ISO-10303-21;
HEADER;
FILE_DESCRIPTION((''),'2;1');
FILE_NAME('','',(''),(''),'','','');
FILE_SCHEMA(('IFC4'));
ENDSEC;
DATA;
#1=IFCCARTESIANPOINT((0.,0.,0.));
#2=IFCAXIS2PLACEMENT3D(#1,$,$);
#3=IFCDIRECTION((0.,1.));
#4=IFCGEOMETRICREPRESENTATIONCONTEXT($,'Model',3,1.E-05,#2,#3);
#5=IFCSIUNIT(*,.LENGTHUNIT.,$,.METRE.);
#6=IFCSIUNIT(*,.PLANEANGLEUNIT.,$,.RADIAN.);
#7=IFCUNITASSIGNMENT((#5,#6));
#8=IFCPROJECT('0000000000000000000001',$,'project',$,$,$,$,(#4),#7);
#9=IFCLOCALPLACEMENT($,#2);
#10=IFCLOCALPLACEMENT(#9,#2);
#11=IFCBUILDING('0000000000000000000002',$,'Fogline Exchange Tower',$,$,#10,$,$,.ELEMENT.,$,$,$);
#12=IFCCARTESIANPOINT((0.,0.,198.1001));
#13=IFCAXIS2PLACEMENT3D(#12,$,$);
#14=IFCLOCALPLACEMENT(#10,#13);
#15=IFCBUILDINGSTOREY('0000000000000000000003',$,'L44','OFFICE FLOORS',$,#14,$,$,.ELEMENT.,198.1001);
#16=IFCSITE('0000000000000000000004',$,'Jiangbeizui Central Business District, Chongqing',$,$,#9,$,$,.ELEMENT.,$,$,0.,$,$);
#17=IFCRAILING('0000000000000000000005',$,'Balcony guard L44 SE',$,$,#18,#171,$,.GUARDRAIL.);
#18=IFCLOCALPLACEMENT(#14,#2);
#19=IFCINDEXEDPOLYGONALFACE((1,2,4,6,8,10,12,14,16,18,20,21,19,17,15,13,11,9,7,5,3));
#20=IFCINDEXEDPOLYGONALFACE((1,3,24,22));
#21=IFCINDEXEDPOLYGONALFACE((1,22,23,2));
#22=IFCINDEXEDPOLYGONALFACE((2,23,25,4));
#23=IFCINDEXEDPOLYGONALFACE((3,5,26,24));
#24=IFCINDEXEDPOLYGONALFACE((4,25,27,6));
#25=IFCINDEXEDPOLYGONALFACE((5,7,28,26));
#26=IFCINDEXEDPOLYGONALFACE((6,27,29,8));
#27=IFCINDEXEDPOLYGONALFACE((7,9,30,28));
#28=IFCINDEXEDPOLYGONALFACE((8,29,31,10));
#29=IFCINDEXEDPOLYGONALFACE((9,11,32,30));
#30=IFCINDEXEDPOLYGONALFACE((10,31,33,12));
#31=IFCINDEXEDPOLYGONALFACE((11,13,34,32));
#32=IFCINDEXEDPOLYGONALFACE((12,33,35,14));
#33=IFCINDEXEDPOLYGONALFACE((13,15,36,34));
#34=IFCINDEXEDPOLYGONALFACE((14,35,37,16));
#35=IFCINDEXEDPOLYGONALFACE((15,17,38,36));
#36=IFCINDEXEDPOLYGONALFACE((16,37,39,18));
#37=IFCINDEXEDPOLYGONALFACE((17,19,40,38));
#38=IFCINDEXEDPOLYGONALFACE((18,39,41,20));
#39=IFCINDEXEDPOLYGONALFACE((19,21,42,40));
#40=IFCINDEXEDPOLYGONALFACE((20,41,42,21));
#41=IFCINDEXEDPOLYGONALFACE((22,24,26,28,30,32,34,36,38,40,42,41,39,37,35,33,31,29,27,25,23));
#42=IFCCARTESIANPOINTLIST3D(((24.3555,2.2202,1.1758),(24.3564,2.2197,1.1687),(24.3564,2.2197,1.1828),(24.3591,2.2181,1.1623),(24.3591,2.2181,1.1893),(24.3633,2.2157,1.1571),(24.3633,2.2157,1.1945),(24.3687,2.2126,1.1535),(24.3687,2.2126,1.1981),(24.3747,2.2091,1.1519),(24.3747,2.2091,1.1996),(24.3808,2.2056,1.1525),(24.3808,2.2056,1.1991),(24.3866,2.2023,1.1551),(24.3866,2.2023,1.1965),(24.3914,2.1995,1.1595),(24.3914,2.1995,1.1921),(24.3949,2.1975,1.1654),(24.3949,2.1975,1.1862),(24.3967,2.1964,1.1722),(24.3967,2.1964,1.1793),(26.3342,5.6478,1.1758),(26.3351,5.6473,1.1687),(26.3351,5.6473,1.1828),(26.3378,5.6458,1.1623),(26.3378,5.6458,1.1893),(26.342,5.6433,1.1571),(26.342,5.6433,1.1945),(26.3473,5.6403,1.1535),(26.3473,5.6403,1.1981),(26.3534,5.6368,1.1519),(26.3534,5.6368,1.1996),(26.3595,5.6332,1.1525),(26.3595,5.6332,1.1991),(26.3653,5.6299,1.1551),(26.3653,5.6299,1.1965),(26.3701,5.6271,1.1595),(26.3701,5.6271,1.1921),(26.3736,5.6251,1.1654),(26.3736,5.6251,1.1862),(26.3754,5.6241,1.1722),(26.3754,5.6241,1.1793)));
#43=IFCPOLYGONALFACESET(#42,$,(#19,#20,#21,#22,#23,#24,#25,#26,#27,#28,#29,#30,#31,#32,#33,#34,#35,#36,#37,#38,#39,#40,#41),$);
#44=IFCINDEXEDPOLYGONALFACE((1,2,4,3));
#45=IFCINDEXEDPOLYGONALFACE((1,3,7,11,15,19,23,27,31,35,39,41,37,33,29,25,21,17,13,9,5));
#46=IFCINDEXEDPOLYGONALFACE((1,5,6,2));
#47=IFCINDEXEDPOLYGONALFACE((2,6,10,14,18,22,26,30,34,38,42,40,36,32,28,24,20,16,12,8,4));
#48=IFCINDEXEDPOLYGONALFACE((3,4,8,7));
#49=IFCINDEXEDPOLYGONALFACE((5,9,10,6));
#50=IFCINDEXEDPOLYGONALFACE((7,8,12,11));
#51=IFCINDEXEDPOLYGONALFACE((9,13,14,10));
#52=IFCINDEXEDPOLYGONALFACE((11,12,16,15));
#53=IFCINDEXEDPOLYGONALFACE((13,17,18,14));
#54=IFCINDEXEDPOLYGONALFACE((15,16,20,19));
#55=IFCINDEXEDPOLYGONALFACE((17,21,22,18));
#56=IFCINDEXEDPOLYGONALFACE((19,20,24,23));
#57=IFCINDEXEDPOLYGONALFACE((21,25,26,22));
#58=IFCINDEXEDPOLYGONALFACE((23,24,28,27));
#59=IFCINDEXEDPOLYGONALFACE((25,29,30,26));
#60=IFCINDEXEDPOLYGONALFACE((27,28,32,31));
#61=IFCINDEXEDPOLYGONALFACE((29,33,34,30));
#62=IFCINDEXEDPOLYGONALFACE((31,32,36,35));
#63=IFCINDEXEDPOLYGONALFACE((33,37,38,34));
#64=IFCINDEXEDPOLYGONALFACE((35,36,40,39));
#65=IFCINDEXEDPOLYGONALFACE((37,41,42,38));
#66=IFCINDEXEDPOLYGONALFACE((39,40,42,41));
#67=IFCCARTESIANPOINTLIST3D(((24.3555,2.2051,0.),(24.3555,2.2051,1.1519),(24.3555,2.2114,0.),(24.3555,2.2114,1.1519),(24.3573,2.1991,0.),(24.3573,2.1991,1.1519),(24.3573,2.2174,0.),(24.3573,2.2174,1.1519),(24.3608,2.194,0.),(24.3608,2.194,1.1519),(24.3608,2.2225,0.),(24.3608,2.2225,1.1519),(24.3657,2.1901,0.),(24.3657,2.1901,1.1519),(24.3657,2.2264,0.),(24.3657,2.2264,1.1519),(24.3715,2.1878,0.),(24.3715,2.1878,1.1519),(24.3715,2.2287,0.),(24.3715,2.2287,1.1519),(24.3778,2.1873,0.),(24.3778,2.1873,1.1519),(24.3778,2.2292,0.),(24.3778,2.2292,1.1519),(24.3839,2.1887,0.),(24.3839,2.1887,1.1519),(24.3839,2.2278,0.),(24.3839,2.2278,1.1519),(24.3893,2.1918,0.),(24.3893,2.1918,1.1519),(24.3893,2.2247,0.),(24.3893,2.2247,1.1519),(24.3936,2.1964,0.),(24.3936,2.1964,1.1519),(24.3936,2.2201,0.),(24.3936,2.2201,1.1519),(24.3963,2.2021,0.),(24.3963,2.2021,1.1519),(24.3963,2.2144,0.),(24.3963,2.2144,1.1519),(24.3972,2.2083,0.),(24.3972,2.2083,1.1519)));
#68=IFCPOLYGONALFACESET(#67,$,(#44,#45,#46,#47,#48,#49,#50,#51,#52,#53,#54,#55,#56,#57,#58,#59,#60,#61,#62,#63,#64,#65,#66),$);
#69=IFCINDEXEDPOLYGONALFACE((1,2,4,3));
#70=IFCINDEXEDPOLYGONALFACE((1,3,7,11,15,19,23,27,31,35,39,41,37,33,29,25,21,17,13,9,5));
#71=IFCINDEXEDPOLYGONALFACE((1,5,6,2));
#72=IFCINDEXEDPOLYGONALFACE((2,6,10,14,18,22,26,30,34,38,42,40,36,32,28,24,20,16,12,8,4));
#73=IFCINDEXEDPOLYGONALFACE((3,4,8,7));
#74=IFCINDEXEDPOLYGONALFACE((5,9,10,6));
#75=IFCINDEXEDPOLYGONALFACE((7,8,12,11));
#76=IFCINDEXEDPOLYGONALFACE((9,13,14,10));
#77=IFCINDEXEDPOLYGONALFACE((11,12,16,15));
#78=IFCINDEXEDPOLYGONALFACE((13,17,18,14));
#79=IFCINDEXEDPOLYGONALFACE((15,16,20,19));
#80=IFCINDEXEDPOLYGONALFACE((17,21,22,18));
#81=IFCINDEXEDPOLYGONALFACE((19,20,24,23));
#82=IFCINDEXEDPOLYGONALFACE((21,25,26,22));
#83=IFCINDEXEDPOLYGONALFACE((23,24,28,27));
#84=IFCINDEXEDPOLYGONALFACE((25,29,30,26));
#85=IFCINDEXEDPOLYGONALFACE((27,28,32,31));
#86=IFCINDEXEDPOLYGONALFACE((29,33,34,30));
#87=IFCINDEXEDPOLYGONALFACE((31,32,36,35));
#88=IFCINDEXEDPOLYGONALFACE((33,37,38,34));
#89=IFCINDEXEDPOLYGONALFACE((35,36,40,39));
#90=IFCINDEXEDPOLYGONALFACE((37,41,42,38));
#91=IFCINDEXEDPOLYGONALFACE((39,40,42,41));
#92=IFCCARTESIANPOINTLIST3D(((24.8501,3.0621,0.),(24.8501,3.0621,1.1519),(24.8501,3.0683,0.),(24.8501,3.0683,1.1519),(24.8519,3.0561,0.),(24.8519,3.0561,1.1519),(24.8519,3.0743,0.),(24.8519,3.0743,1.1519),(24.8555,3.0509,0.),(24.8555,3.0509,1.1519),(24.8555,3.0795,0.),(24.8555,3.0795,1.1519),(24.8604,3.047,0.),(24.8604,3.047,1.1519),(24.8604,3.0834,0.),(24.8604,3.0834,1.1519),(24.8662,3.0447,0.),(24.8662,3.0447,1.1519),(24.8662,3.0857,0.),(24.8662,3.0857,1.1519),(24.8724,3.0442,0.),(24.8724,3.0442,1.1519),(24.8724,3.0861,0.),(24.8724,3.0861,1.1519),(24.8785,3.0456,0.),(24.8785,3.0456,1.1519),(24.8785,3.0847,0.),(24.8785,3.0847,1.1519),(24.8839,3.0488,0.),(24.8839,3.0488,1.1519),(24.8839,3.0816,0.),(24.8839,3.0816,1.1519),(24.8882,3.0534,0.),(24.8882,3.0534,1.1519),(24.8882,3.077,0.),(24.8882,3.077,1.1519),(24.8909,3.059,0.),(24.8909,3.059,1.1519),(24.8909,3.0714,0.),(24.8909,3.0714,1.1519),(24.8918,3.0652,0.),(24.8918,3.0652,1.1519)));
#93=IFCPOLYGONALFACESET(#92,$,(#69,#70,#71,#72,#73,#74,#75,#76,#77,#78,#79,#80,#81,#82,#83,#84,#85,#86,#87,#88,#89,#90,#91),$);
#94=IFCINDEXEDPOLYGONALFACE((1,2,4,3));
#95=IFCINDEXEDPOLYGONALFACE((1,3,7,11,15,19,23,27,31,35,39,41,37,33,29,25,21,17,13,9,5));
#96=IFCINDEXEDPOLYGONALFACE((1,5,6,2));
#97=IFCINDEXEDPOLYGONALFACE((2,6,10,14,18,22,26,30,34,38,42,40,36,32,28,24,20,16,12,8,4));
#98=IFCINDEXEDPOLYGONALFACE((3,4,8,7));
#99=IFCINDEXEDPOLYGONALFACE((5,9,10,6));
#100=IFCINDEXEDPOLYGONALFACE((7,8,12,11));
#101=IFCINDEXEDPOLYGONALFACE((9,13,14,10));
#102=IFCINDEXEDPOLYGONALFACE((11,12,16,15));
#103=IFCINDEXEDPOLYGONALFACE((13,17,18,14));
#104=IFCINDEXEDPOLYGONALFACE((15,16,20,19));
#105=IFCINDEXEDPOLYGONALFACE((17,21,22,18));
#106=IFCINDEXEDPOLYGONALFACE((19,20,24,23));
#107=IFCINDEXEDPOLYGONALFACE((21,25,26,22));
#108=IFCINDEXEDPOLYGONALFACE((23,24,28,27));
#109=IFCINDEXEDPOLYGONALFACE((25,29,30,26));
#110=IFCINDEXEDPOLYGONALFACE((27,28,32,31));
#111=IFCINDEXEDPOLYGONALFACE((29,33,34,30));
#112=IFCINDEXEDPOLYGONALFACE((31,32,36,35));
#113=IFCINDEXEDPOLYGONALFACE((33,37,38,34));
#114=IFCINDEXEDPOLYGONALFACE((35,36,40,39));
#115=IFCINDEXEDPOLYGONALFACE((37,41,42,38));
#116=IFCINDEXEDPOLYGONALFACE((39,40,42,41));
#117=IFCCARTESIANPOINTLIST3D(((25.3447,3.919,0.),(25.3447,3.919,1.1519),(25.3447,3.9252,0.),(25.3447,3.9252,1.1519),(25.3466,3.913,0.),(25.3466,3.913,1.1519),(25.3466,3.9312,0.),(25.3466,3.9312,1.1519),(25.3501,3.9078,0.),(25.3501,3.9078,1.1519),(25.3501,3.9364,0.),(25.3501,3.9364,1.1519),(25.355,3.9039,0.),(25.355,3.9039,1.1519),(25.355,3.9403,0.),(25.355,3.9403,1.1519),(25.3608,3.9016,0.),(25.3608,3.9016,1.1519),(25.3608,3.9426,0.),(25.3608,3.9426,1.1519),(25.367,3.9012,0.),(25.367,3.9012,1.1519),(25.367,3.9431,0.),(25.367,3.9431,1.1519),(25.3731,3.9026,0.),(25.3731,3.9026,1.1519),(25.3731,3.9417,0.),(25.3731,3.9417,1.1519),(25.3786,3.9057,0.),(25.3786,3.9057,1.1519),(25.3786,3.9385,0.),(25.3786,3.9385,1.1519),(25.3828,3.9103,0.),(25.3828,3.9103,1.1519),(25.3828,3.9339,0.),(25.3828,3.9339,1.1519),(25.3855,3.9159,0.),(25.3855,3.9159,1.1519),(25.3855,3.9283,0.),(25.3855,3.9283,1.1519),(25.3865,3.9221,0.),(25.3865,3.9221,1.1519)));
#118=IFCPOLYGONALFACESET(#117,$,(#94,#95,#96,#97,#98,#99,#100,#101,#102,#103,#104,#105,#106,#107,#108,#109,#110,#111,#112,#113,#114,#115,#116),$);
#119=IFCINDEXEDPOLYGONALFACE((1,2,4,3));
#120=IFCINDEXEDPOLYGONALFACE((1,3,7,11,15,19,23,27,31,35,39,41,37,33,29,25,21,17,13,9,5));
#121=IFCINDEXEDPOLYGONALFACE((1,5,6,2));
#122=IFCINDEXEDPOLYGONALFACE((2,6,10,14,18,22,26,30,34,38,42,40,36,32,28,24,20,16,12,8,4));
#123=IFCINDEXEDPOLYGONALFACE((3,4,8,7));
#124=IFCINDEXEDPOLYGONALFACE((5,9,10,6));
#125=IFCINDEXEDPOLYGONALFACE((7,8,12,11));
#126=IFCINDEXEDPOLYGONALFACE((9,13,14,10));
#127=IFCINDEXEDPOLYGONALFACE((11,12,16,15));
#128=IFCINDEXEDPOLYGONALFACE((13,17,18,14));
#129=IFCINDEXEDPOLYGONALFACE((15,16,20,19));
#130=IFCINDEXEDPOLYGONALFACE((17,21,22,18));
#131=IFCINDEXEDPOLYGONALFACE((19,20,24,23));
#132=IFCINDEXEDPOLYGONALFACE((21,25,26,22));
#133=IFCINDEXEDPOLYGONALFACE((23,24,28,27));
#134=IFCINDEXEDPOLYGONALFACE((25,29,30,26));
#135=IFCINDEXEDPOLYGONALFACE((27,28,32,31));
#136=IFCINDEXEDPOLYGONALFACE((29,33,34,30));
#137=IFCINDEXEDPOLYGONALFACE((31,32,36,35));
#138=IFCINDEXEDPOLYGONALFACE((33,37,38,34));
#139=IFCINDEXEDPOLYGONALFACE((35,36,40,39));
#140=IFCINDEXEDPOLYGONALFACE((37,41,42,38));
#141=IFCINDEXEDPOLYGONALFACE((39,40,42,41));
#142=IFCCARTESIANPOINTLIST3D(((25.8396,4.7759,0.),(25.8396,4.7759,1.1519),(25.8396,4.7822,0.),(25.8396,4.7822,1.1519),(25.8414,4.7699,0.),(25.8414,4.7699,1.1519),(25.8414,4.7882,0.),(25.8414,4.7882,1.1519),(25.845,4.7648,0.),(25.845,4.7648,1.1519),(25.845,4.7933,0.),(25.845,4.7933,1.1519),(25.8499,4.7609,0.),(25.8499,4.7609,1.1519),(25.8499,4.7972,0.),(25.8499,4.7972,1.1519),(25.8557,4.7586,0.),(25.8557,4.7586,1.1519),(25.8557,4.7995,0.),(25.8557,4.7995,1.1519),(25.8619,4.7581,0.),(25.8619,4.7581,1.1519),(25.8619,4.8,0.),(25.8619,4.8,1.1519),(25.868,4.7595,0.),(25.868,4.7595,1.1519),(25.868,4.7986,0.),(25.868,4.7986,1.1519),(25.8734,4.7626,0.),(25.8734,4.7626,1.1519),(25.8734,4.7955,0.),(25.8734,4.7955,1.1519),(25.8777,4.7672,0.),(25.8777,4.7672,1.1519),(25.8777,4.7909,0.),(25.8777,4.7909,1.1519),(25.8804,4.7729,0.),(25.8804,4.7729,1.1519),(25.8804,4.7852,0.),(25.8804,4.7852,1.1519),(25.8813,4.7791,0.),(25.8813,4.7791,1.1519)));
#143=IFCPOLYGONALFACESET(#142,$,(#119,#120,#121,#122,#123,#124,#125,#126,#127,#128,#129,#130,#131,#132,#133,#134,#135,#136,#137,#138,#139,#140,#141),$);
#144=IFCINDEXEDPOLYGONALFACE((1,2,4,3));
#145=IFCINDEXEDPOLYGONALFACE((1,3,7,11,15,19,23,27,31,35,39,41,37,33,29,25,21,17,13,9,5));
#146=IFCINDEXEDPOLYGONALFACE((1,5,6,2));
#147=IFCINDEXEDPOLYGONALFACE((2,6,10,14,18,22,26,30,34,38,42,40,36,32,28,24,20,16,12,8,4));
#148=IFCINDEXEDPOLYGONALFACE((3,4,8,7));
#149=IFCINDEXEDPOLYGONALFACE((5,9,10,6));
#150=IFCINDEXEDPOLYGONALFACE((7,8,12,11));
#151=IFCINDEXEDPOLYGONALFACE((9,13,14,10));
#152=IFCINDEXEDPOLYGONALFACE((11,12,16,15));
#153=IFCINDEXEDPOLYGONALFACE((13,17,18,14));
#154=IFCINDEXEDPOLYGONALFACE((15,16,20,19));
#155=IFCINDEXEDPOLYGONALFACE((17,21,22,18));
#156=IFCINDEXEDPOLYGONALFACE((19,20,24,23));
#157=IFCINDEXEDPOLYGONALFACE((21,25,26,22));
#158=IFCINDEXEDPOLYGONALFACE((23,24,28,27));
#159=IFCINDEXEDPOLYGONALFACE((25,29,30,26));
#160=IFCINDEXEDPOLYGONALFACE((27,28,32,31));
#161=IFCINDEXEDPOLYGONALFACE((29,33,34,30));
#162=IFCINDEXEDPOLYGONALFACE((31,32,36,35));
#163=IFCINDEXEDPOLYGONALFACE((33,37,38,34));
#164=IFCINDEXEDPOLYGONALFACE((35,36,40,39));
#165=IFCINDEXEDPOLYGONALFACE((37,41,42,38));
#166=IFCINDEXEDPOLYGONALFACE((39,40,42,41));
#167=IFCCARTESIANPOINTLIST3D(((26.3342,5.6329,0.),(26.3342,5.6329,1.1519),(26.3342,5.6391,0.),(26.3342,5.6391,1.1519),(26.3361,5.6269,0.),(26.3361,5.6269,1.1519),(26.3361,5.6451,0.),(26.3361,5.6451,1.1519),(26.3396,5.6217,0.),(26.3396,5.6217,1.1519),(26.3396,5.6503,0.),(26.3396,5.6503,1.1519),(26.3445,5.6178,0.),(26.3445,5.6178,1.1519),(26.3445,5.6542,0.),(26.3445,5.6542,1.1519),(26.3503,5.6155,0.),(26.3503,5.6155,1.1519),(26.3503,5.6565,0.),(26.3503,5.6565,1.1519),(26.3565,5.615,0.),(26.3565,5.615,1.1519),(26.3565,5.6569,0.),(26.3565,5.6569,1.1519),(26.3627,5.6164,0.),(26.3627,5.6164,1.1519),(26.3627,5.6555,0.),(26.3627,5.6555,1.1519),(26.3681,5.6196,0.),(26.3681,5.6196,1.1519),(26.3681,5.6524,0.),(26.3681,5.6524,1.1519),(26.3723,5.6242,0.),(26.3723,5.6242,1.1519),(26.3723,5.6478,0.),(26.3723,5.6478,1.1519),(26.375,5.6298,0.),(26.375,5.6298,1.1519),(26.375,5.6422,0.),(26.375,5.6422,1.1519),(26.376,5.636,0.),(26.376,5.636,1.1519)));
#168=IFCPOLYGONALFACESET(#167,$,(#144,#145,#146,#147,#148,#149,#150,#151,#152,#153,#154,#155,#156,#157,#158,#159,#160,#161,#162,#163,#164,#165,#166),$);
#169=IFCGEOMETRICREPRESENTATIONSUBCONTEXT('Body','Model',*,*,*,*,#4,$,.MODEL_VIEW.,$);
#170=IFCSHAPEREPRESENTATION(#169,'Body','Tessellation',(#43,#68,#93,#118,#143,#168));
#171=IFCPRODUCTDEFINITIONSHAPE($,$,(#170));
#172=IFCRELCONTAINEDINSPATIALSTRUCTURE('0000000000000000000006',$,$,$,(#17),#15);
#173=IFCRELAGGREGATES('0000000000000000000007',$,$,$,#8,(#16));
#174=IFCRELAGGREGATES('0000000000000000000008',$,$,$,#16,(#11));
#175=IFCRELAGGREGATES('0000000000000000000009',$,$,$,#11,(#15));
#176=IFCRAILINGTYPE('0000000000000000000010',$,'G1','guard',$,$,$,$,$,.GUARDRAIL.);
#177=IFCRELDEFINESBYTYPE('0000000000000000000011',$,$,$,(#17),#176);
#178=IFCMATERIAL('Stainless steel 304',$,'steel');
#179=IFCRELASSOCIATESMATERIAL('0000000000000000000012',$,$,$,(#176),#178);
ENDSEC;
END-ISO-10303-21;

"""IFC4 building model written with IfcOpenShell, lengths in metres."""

from ifc_helpers import new_model, si_unit, direction, frame, origin, origin_2d, place, context, subcontext, project, spatial, circle, extrude, material, type_object, element, save


model = new_model("IFC4")

# Units and contexts
model_context = context("Model", 3, precision=1e-05, world=origin(), true_north=direction((0.0, 1.0)))
body_context = subcontext(model_context, "Body", "Model", "MODEL_VIEW")
ifc_project = project(units=[si_unit("LENGTHUNIT", "METRE"), si_unit("PLANEANGLEUNIT", "RADIAN")], contexts=[model_context])

# Site, building, storey
site_placement = place(None, origin())
site = spatial("IfcSite", under=ifc_project, at=site_placement, Name="Jiangbeizui Central Business District, Chongqing", CompositionType="ELEMENT", RefElevation=0.0)
building_placement = place(site_placement, origin())
building = spatial("IfcBuilding", under=site, at=building_placement, Name="Fogline Exchange Tower", CompositionType="ELEMENT")
storey_placement = place(building_placement, frame((0.0, 0.0, 198.1001)))
storey = spatial("IfcBuildingStorey", under=building, at=storey_placement, Name="L44", Description="OFFICE FLOORS", CompositionType="ELEMENT", Elevation=198.1001)

# Railing
ifc_material_1 = material(Name="Stainless steel 304", Category="steel")
railing_type = type_object("IfcRailingType", Name="G1", Description="guard", PredefinedType="GUARDRAIL", material=ifc_material_1)
railing_placement = place(storey_placement, frame((24.3762, 2.2083, 0.0)))
element("IfcRailing", 1, at=railing_placement, inside=storey, type_object=railing_type, Name="Balcony guard L44 SE", PredefinedType="GUARDRAIL", context=body_context, shape_type="SweptSolid", body=[
    extrude(circle(Radius=0.0239, at=origin_2d()), frame((0.0, 0.0, 1.1758), z_axis=(0.499954, 0.866052, 0.0), x_axis=(-0.866052, 0.499954, 0.0)), (0.0, 0.0, 1.0), 3.9578),
    extrude(circle(Radius=0.021, at=origin_2d()), origin(), (0.0, 0.0, 1.0), 1.1519),
    extrude(circle(Radius=0.021, at=origin_2d()), frame((0.4946, 0.8569, 0.0)), (0.0, 0.0, 1.0), 1.1519),
    extrude(circle(Radius=0.021, at=origin_2d()), frame((0.9893, 1.7139, 0.0)), (0.0, 0.0, 1.0), 1.1519),
    extrude(circle(Radius=0.021, at=origin_2d()), frame((1.4841, 2.5708, 0.0)), (0.0, 0.0, 1.0), 1.1519),
    extrude(circle(Radius=0.021, at=origin_2d()), frame((1.9788, 3.4277, 0.0)), (0.0, 0.0, 1.0), 1.1519),
])

save(model, "model.ifc")
